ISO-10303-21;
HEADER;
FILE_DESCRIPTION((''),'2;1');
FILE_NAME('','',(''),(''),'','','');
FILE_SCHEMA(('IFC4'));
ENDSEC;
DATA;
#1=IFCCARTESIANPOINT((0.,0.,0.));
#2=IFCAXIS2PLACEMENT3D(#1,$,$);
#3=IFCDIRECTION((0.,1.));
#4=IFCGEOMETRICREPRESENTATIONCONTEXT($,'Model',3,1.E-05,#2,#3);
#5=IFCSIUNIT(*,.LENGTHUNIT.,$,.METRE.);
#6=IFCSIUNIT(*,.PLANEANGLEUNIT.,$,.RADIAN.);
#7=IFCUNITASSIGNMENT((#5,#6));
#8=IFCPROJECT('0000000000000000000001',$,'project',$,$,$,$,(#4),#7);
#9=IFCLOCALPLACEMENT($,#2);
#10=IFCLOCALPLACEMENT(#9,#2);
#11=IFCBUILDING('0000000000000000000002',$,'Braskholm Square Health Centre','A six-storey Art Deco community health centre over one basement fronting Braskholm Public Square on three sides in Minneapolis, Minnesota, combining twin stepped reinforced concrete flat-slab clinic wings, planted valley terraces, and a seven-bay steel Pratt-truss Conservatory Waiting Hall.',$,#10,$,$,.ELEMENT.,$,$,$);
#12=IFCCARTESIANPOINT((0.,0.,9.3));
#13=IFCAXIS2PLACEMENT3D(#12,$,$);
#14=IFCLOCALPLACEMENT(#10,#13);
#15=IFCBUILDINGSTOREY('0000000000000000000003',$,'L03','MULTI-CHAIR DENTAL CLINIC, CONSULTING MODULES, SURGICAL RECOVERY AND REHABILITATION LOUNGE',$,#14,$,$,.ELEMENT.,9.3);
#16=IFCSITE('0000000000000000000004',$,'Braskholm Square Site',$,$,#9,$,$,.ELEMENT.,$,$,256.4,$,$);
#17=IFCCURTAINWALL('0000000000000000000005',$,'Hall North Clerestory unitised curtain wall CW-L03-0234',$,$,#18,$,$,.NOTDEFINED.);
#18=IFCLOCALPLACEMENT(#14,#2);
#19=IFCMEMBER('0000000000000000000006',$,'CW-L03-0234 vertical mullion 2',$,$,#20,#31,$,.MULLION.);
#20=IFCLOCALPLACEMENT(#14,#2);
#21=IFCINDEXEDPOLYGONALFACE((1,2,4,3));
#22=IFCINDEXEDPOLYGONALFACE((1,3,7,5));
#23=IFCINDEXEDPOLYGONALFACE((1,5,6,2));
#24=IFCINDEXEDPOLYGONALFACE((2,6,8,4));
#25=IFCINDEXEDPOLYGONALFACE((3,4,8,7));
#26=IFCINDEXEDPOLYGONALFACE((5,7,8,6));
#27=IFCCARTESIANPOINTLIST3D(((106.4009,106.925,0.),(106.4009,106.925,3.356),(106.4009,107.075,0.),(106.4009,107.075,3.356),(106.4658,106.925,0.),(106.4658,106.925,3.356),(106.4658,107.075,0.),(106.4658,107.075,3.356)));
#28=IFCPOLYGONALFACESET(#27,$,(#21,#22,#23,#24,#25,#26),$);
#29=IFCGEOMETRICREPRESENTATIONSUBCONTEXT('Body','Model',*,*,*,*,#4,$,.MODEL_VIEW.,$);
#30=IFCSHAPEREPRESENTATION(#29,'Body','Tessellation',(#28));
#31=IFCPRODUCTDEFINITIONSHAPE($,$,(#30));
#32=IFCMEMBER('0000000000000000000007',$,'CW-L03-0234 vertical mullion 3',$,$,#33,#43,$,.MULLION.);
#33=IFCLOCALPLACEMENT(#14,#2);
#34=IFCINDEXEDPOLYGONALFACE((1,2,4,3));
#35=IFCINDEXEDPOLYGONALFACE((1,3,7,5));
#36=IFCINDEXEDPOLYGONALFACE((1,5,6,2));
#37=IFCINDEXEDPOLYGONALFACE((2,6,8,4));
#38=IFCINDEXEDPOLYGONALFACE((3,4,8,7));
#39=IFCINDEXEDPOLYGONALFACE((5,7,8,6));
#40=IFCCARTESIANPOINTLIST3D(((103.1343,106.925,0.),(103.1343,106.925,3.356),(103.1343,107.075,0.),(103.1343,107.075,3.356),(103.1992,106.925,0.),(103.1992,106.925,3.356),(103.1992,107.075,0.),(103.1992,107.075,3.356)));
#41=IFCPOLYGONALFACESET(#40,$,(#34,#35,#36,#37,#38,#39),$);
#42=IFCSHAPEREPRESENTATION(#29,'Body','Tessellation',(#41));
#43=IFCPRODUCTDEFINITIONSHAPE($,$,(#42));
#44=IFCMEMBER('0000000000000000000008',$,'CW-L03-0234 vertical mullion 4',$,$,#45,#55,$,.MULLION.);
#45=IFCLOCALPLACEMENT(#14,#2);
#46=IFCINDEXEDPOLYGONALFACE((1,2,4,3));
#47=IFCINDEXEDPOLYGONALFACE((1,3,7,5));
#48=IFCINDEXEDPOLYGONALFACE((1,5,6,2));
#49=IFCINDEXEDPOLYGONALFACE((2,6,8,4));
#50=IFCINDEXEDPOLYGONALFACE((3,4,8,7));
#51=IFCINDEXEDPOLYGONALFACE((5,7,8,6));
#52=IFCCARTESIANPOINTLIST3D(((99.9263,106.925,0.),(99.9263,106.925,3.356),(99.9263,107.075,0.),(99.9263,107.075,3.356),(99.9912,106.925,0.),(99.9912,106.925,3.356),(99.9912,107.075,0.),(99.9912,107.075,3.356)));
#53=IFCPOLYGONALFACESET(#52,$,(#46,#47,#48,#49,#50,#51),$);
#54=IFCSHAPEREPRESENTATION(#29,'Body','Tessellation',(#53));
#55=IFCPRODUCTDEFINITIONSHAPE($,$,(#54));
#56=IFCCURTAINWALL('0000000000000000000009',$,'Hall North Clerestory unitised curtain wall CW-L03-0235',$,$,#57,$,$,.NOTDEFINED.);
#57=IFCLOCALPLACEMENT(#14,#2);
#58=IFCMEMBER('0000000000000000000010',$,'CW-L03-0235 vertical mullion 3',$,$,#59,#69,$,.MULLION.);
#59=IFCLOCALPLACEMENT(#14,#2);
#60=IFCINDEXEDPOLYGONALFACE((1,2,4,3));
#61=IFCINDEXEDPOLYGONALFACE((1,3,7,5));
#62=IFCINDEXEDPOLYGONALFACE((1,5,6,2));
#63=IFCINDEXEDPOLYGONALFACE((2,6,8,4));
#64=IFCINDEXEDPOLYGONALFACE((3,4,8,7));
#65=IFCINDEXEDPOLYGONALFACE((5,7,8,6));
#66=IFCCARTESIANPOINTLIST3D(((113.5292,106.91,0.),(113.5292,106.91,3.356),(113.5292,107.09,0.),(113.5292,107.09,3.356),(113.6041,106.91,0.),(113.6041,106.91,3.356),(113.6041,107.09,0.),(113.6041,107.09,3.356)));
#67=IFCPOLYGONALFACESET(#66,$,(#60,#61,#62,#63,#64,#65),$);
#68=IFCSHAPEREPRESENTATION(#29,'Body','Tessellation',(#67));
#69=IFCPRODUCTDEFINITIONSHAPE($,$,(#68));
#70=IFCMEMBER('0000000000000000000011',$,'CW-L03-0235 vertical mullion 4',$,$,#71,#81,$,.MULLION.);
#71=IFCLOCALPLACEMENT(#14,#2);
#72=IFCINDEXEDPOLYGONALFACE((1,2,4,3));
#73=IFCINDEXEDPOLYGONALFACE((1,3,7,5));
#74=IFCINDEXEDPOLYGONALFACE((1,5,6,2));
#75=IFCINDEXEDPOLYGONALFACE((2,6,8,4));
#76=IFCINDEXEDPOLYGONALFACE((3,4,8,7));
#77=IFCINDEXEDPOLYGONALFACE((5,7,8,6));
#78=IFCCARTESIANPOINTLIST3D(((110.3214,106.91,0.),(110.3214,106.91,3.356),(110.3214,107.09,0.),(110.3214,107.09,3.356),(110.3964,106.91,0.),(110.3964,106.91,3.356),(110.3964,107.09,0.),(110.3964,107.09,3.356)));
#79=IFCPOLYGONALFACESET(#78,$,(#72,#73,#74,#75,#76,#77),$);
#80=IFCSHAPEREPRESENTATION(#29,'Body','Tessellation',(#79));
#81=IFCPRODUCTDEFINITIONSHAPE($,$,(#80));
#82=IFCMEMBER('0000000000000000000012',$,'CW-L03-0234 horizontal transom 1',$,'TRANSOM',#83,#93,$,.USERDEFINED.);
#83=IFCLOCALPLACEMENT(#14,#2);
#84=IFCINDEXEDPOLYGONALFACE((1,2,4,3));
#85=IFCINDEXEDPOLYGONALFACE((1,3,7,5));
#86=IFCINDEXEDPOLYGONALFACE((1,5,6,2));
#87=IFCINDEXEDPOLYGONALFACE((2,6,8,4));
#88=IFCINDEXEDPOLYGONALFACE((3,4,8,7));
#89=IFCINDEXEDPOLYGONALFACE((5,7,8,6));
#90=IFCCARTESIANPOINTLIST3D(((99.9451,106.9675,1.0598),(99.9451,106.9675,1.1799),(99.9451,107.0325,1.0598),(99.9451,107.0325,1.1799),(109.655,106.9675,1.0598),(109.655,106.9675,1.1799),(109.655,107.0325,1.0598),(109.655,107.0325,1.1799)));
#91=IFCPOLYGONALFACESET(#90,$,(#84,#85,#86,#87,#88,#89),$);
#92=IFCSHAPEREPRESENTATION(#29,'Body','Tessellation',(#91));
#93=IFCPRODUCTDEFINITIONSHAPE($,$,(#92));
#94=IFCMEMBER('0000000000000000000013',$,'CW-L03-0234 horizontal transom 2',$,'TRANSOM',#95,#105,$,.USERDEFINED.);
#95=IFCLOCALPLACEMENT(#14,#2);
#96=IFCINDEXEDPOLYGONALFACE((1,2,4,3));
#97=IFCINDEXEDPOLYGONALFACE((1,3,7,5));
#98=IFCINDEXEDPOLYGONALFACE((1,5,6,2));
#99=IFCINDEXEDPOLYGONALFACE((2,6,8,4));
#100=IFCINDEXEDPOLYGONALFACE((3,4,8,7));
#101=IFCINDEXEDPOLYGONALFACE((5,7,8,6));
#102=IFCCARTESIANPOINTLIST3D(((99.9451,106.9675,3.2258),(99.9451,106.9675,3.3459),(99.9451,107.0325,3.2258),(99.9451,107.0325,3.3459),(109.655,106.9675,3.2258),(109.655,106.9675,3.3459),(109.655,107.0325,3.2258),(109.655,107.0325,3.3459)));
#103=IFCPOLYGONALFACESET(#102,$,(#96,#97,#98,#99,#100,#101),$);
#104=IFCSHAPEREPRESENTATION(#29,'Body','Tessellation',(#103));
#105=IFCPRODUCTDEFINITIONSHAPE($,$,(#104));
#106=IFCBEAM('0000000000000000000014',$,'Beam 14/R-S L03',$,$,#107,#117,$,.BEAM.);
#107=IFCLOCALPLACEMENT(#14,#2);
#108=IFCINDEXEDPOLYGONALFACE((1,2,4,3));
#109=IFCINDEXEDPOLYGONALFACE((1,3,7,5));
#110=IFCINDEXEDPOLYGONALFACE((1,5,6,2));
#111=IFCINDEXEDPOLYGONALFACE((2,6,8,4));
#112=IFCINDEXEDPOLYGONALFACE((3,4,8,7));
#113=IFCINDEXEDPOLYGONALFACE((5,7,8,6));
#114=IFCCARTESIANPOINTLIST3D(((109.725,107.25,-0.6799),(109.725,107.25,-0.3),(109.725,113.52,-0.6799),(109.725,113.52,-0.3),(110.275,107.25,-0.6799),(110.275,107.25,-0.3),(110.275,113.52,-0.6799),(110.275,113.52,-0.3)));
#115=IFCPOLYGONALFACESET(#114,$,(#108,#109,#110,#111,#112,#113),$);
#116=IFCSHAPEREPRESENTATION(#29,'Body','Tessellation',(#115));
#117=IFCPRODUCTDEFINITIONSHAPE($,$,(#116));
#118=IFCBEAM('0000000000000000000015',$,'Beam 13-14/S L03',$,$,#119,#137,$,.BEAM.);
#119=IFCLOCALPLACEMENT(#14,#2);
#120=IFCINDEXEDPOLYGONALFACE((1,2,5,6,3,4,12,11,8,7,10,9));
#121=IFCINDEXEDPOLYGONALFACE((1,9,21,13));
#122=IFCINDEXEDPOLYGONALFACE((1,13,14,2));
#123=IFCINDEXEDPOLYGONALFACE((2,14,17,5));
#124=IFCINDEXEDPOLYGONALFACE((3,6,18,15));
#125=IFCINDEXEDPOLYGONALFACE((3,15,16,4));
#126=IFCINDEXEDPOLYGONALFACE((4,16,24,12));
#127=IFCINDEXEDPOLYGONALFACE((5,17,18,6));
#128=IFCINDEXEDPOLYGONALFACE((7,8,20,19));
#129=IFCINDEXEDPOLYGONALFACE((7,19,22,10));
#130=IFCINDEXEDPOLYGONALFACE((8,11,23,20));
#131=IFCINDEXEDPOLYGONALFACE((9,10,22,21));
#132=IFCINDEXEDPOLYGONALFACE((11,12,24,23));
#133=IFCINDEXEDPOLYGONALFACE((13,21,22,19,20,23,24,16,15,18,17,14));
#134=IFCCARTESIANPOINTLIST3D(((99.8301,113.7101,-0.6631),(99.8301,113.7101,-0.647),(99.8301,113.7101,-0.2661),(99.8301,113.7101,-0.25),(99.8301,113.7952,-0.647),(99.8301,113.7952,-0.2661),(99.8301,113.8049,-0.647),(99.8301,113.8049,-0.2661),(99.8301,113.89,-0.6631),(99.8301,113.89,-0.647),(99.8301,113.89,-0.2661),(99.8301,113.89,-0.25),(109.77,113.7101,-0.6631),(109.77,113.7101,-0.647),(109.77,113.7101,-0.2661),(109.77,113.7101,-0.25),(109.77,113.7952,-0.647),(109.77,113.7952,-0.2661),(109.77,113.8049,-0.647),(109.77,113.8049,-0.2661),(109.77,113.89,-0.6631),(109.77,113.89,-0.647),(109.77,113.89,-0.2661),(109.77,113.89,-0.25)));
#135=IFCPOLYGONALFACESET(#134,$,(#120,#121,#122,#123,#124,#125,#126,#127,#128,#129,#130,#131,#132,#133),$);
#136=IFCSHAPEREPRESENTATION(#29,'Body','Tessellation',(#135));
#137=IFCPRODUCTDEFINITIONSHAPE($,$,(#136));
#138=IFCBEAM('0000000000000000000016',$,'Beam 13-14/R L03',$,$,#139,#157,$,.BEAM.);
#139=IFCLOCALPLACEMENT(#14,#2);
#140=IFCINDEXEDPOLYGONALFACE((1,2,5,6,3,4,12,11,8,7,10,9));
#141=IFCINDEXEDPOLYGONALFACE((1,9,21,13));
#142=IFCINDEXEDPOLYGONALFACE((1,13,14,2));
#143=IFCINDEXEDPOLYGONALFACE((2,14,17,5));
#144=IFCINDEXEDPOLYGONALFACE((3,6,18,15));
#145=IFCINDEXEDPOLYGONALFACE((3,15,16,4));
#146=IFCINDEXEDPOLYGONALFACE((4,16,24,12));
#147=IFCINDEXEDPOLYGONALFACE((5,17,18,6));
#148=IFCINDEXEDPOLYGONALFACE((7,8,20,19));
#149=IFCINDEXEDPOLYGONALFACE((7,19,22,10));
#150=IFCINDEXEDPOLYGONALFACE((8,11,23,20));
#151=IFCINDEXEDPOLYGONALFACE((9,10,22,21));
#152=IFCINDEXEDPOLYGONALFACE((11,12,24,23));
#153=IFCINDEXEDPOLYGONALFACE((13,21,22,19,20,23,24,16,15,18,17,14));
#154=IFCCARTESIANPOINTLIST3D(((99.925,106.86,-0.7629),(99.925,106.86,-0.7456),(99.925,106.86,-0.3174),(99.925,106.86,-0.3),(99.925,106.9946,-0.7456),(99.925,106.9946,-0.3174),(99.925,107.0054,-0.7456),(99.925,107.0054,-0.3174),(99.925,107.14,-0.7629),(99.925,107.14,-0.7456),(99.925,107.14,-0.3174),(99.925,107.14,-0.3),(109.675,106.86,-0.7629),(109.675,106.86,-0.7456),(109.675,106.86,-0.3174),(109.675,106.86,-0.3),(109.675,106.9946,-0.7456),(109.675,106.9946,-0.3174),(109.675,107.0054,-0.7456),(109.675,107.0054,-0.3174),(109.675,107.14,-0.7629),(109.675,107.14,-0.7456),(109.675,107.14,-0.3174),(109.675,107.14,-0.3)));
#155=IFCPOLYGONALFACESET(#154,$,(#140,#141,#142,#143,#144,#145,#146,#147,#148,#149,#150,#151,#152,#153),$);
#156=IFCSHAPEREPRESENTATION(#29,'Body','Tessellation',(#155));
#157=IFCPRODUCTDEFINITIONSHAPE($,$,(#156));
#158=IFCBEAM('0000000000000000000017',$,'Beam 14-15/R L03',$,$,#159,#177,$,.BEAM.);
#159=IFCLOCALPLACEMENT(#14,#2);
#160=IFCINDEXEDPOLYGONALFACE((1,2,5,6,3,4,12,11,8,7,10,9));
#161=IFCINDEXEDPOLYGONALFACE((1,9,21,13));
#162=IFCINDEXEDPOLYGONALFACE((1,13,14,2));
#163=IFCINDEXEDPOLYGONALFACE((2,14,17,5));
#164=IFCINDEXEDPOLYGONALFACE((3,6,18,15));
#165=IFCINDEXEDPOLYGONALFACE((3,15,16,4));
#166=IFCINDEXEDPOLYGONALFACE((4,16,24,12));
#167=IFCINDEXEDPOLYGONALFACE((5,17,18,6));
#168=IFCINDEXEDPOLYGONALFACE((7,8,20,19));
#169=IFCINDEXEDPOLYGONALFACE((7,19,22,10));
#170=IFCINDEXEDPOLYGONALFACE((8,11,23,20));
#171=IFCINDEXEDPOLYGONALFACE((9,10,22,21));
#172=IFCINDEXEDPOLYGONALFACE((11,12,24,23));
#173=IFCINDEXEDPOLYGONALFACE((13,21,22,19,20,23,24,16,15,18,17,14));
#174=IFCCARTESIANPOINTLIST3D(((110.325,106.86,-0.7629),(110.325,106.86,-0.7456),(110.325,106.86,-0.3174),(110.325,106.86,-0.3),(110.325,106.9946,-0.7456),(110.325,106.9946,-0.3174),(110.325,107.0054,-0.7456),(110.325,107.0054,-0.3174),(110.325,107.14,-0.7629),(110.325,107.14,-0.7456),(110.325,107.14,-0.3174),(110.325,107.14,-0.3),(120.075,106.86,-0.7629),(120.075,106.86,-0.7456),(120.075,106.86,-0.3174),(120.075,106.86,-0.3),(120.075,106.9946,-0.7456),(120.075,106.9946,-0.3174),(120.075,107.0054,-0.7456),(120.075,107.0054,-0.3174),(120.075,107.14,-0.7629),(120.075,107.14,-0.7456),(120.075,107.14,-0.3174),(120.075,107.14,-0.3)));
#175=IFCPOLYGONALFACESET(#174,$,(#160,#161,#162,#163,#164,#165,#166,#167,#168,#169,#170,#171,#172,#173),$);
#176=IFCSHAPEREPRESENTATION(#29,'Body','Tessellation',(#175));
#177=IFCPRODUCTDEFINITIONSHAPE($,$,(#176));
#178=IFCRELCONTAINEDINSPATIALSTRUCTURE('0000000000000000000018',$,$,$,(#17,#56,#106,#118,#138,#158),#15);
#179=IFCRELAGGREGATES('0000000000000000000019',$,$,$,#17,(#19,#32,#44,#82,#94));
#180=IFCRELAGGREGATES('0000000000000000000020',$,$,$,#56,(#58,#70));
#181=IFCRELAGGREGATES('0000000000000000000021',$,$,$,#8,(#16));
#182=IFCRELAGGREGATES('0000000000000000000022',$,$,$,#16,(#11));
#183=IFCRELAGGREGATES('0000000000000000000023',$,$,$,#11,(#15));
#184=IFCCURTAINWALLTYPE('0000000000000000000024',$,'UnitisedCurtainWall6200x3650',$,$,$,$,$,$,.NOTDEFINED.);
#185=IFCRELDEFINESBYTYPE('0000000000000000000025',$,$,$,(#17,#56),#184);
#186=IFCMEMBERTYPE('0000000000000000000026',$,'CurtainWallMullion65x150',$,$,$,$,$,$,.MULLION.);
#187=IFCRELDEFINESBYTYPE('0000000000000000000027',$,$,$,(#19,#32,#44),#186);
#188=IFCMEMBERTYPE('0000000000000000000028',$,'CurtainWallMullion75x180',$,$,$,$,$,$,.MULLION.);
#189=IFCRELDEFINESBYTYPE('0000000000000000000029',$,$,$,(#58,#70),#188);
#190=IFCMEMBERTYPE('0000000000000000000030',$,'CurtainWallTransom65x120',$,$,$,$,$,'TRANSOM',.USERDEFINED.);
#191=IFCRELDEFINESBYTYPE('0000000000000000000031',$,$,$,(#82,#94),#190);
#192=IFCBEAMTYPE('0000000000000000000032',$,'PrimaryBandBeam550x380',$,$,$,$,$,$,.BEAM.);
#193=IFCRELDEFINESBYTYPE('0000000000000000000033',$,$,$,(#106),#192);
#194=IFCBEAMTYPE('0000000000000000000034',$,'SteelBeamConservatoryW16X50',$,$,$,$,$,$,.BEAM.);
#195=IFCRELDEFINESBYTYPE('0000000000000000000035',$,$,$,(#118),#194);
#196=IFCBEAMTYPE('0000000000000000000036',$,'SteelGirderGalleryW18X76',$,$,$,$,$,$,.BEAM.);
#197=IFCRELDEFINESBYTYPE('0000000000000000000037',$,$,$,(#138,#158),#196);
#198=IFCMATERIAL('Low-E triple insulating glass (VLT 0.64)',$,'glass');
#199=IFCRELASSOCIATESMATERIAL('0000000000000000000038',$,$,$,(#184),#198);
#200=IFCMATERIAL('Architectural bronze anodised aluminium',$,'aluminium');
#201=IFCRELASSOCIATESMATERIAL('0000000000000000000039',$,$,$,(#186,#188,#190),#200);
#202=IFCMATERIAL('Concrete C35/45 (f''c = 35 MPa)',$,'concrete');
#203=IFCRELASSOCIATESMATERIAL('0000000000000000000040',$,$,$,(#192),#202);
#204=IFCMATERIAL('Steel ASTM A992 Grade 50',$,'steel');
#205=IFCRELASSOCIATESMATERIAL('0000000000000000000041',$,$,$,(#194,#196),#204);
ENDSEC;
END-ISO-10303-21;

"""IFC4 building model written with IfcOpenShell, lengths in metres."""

from ifc_helpers import new_model, si_unit, direction, frame, origin, origin_2d, place, context, subcontext, project, spatial, rectangle, i_section, extrude, material, material_profile, profile_set, type_object, element, aggregate, save


model = new_model("IFC4")

# Units and contexts
model_context = context("Model", 3, precision=1e-05, world=origin(), true_north=direction((0.0, 1.0)))
body_context = subcontext(model_context, "Body", "Model", "MODEL_VIEW")
ifc_project = project(units=[si_unit("LENGTHUNIT", "METRE"), si_unit("PLANEANGLEUNIT", "RADIAN")], contexts=[model_context])

# Site, building, storey
site_placement = place(None, origin())
site = spatial("IfcSite", under=ifc_project, at=site_placement, Name="Braskholm Square Site", CompositionType="ELEMENT", RefElevation=256.4)
building_placement = place(site_placement, origin())
building = spatial("IfcBuilding", under=site, at=building_placement, Name="Braskholm Square Health Centre", Description="A six-storey Art Deco community health centre over one basement fronting Braskholm Public Square on three sides in Minneapolis, Minnesota, combining twin stepped reinforced concrete flat-slab clinic wings, planted valley terraces, and a seven-bay steel Pratt-truss Conservatory Waiting Hall.", CompositionType="ELEMENT")
storey_placement = place(building_placement, frame((0.0, 0.0, 9.3)))
storey = spatial("IfcBuildingStorey", under=building, at=storey_placement, Name="L03", Description="MULTI-CHAIR DENTAL CLINIC, CONSULTING MODULES, SURGICAL RECOVERY AND REHABILITATION LOUNGE", CompositionType="ELEMENT", Elevation=9.3)

# Curtain walls, members
ifc_material_1 = material(Name="Low-E triple insulating glass (VLT 0.64)", Category="glass")
curtain_wall_type = type_object("IfcCurtainWallType", Name="UnitisedCurtainWall6200x3650", PredefinedType="NOTDEFINED", material=ifc_material_1)
curtain_wall_1_placement = place(storey_placement, origin())
curtain_wall_1 = element("IfcCurtainWall", 1, at=curtain_wall_1_placement, inside=storey, type_object=curtain_wall_type, Name="Hall North Clerestory unitised curtain wall CW-L03-0234", PredefinedType="NOTDEFINED")
ifc_material_2 = material(Name="Architectural bronze anodised aluminium", Category="aluminium")
ifc_material_profile_1 = material_profile(ifc_material_2, rectangle(XDim=0.0649, YDim=0.1499, at=origin_2d()), Name="ALU-65X150")
ifc_profile_set_1 = profile_set([ifc_material_profile_1], Name="Architectural bronze anodised aluminium")
member_type_1 = type_object("IfcMemberType", Name="CurtainWallMullion65x150", PredefinedType="MULLION", material=ifc_profile_set_1)
member_1_placement = place(storey_placement, frame((106.4333, 107.0, 0.0), z_axis=(0.0, 0.0, 1.0), x_axis=(1.0, 0.0, 0.0)))
member_1 = element("IfcMember", 2, at=member_1_placement, type_object=member_type_1, Name="CW-L03-0234 vertical mullion 2", PredefinedType="MULLION", context=body_context, shape_type="SweptSolid", body=[
    extrude(rectangle(XDim=0.0649, YDim=0.1499, at=origin_2d()), origin(), (0.0, 0.0, 1.0), 3.356),
])
member_2_placement = place(storey_placement, frame((103.1667, 107.0, 0.0), z_axis=(0.0, 0.0, 1.0), x_axis=(1.0, 0.0, 0.0)))
member_2 = element("IfcMember", 3, at=member_2_placement, type_object=member_type_1, Name="CW-L03-0234 vertical mullion 3", PredefinedType="MULLION", context=body_context, shape_type="SweptSolid", body=[
    extrude(rectangle(XDim=0.0649, YDim=0.1499, at=origin_2d()), origin(), (0.0, 0.0, 1.0), 3.356),
])
member_3_placement = place(storey_placement, frame((99.9587, 107.0, 0.0), z_axis=(0.0, 0.0, 1.0), x_axis=(1.0, 0.0, 0.0)))
member_3 = element("IfcMember", 4, at=member_3_placement, type_object=member_type_1, Name="CW-L03-0234 vertical mullion 4", PredefinedType="MULLION", context=body_context, shape_type="SweptSolid", body=[
    extrude(rectangle(XDim=0.0649, YDim=0.1499, at=origin_2d()), origin(), (0.0, 0.0, 1.0), 3.356),
])
curtain_wall_2_placement = place(storey_placement, origin())
curtain_wall_2 = element("IfcCurtainWall", 5, at=curtain_wall_2_placement, inside=storey, type_object=curtain_wall_type, Name="Hall North Clerestory unitised curtain wall CW-L03-0235", PredefinedType="NOTDEFINED")
ifc_material_profile_2 = material_profile(ifc_material_2, rectangle(XDim=0.075, YDim=0.1799, at=origin_2d()), Name="ALU-75X180")
ifc_profile_set_2 = profile_set([ifc_material_profile_2], Name="Architectural bronze anodised aluminium")
member_type_2 = type_object("IfcMemberType", Name="CurtainWallMullion75x180", PredefinedType="MULLION", material=ifc_profile_set_2)
member_4_placement = place(storey_placement, frame((113.5667, 107.0, 0.0), z_axis=(0.0, 0.0, 1.0), x_axis=(1.0, 0.0, 0.0)))
member_4 = element("IfcMember", 6, at=member_4_placement, type_object=member_type_2, Name="CW-L03-0235 vertical mullion 3", PredefinedType="MULLION", context=body_context, shape_type="SweptSolid", body=[
    extrude(rectangle(XDim=0.075, YDim=0.1799, at=origin_2d()), origin(), (0.0, 0.0, 1.0), 3.356),
])
member_5_placement = place(storey_placement, frame((110.3589, 107.0, 0.0), z_axis=(0.0, 0.0, 1.0), x_axis=(1.0, 0.0, 0.0)))
member_5 = element("IfcMember", 7, at=member_5_placement, type_object=member_type_2, Name="CW-L03-0235 vertical mullion 4", PredefinedType="MULLION", context=body_context, shape_type="SweptSolid", body=[
    extrude(rectangle(XDim=0.075, YDim=0.1799, at=origin_2d()), origin(), (0.0, 0.0, 1.0), 3.356),
])

# Members
ifc_material_profile_3 = material_profile(ifc_material_2, rectangle(XDim=0.0649, YDim=0.1201, at=origin_2d()), Name="ALU-65X120")
ifc_profile_set_3 = profile_set([ifc_material_profile_3], Name="Architectural bronze anodised aluminium")
member_type_3 = type_object("IfcMemberType", Name="CurtainWallTransom65x120", ElementType="TRANSOM", PredefinedType="USERDEFINED", material=ifc_profile_set_3)
member_6_placement = place(storey_placement, frame((109.655, 107.0, 1.1199), z_axis=(-1.0, 0.0, 0.0), x_axis=(0.0, -1.0, 0.0)))
member_6 = element("IfcMember", 8, at=member_6_placement, type_object=member_type_3, Name="CW-L03-0234 horizontal transom 1", ObjectType="TRANSOM", PredefinedType="USERDEFINED", context=body_context, shape_type="SweptSolid", body=[
    extrude(rectangle(XDim=0.0649, YDim=0.1201, at=origin_2d()), origin(), (0.0, 0.0, 1.0), 9.71),
])
member_7_placement = place(storey_placement, frame((109.655, 107.0, 3.2859), z_axis=(-1.0, 0.0, 0.0), x_axis=(0.0, -1.0, 0.0)))
member_7 = element("IfcMember", 9, at=member_7_placement, type_object=member_type_3, Name="CW-L03-0234 horizontal transom 2", ObjectType="TRANSOM", PredefinedType="USERDEFINED", context=body_context, shape_type="SweptSolid", body=[
    extrude(rectangle(XDim=0.0649, YDim=0.1201, at=origin_2d()), origin(), (0.0, 0.0, 1.0), 9.71),
])

# Beams
ifc_material_3 = material(Name="Concrete C35/45 (f'c = 35 MPa)", Category="concrete")
ifc_material_profile_4 = material_profile(ifc_material_3, rectangle(XDim=0.55, YDim=0.3799, at=origin_2d()), Name="RCB-550X380")
ifc_profile_set_4 = profile_set([ifc_material_profile_4], Name="Concrete C35/45 (f'c = 35 MPa)")
beam_type_1 = type_object("IfcBeamType", Name="PrimaryBandBeam550x380", PredefinedType="BEAM", material=ifc_profile_set_4)
beam_1_placement = place(storey_placement, frame((110.0, 107.25, -0.49), z_axis=(0.0, 1.0, 0.0), x_axis=(-1.0, 0.0, 0.0)))
element("IfcBeam", 10, at=beam_1_placement, inside=storey, type_object=beam_type_1, Name="Beam 14/R-S L03", PredefinedType="BEAM", context=body_context, shape_type="SweptSolid", body=[
    extrude(rectangle(XDim=0.55, YDim=0.3799, at=origin_2d()), origin(), (0.0, 0.0, 1.0), 6.27),
])
ifc_material_4 = material(Name="Steel ASTM A992 Grade 50", Category="steel")
ifc_material_profile_5 = material_profile(ifc_material_4, i_section(OverallWidth=0.1799, OverallDepth=0.4131, WebThickness=0.0098, FlangeThickness=0.0161, at=origin_2d()), Name="W16X50")
ifc_profile_set_5 = profile_set([ifc_material_profile_5], Name="Steel ASTM A992 Grade 50")
beam_type_2 = type_object("IfcBeamType", Name="SteelBeamConservatoryW16X50", PredefinedType="BEAM", material=ifc_profile_set_5)
beam_2_placement = place(storey_placement, frame((99.8301, 113.8, -0.4565), z_axis=(1.0, 0.0, 0.0), x_axis=(0.0, 1.0, 0.0)))
element("IfcBeam", 11, at=beam_2_placement, inside=storey, type_object=beam_type_2, Name="Beam 13-14/S L03", PredefinedType="BEAM", context=body_context, shape_type="SweptSolid", body=[
    extrude(i_section(OverallWidth=0.1799, OverallDepth=0.4131, WebThickness=0.0098, FlangeThickness=0.0161, at=origin_2d()), origin(), (0.0, 0.0, 1.0), 9.9399),
])
ifc_material_profile_6 = material_profile(ifc_material_4, i_section(OverallWidth=0.28, OverallDepth=0.4629, WebThickness=0.0107, FlangeThickness=0.0173, at=origin_2d()), Name="W18X76")
ifc_profile_set_6 = profile_set([ifc_material_profile_6], Name="Steel ASTM A992 Grade 50")
beam_type_3 = type_object("IfcBeamType", Name="SteelGirderGalleryW18X76", PredefinedType="BEAM", material=ifc_profile_set_6)
for number, where, z_axis, x_axis, name in (
    (12, (99.925, 107.0, -0.5315), (1.0, 0.0, 0.0), (0.0, 1.0, 0.0), "Beam 13-14/R L03"),
    (13, (110.325, 107.0, -0.5315), (1.0, 0.0, 0.0), (0.0, 1.0, 0.0), "Beam 14-15/R L03"),
):
    element("IfcBeam", number, at=place(storey_placement, frame(where, z_axis=z_axis, x_axis=x_axis)), inside=storey, type_object=beam_type_3, Name=name, PredefinedType="BEAM", context=body_context, shape_type="SweptSolid", body=[
        extrude(i_section(OverallWidth=0.28, OverallDepth=0.4629, WebThickness=0.0107, FlangeThickness=0.0173, at=origin_2d()), origin(), (0.0, 0.0, 1.0), 9.75),
    ])

aggregate(curtain_wall_1, [member_1, member_2, member_3, member_6, member_7])
aggregate(curtain_wall_2, [member_4, member_5])

save(model, "model.ifc")
